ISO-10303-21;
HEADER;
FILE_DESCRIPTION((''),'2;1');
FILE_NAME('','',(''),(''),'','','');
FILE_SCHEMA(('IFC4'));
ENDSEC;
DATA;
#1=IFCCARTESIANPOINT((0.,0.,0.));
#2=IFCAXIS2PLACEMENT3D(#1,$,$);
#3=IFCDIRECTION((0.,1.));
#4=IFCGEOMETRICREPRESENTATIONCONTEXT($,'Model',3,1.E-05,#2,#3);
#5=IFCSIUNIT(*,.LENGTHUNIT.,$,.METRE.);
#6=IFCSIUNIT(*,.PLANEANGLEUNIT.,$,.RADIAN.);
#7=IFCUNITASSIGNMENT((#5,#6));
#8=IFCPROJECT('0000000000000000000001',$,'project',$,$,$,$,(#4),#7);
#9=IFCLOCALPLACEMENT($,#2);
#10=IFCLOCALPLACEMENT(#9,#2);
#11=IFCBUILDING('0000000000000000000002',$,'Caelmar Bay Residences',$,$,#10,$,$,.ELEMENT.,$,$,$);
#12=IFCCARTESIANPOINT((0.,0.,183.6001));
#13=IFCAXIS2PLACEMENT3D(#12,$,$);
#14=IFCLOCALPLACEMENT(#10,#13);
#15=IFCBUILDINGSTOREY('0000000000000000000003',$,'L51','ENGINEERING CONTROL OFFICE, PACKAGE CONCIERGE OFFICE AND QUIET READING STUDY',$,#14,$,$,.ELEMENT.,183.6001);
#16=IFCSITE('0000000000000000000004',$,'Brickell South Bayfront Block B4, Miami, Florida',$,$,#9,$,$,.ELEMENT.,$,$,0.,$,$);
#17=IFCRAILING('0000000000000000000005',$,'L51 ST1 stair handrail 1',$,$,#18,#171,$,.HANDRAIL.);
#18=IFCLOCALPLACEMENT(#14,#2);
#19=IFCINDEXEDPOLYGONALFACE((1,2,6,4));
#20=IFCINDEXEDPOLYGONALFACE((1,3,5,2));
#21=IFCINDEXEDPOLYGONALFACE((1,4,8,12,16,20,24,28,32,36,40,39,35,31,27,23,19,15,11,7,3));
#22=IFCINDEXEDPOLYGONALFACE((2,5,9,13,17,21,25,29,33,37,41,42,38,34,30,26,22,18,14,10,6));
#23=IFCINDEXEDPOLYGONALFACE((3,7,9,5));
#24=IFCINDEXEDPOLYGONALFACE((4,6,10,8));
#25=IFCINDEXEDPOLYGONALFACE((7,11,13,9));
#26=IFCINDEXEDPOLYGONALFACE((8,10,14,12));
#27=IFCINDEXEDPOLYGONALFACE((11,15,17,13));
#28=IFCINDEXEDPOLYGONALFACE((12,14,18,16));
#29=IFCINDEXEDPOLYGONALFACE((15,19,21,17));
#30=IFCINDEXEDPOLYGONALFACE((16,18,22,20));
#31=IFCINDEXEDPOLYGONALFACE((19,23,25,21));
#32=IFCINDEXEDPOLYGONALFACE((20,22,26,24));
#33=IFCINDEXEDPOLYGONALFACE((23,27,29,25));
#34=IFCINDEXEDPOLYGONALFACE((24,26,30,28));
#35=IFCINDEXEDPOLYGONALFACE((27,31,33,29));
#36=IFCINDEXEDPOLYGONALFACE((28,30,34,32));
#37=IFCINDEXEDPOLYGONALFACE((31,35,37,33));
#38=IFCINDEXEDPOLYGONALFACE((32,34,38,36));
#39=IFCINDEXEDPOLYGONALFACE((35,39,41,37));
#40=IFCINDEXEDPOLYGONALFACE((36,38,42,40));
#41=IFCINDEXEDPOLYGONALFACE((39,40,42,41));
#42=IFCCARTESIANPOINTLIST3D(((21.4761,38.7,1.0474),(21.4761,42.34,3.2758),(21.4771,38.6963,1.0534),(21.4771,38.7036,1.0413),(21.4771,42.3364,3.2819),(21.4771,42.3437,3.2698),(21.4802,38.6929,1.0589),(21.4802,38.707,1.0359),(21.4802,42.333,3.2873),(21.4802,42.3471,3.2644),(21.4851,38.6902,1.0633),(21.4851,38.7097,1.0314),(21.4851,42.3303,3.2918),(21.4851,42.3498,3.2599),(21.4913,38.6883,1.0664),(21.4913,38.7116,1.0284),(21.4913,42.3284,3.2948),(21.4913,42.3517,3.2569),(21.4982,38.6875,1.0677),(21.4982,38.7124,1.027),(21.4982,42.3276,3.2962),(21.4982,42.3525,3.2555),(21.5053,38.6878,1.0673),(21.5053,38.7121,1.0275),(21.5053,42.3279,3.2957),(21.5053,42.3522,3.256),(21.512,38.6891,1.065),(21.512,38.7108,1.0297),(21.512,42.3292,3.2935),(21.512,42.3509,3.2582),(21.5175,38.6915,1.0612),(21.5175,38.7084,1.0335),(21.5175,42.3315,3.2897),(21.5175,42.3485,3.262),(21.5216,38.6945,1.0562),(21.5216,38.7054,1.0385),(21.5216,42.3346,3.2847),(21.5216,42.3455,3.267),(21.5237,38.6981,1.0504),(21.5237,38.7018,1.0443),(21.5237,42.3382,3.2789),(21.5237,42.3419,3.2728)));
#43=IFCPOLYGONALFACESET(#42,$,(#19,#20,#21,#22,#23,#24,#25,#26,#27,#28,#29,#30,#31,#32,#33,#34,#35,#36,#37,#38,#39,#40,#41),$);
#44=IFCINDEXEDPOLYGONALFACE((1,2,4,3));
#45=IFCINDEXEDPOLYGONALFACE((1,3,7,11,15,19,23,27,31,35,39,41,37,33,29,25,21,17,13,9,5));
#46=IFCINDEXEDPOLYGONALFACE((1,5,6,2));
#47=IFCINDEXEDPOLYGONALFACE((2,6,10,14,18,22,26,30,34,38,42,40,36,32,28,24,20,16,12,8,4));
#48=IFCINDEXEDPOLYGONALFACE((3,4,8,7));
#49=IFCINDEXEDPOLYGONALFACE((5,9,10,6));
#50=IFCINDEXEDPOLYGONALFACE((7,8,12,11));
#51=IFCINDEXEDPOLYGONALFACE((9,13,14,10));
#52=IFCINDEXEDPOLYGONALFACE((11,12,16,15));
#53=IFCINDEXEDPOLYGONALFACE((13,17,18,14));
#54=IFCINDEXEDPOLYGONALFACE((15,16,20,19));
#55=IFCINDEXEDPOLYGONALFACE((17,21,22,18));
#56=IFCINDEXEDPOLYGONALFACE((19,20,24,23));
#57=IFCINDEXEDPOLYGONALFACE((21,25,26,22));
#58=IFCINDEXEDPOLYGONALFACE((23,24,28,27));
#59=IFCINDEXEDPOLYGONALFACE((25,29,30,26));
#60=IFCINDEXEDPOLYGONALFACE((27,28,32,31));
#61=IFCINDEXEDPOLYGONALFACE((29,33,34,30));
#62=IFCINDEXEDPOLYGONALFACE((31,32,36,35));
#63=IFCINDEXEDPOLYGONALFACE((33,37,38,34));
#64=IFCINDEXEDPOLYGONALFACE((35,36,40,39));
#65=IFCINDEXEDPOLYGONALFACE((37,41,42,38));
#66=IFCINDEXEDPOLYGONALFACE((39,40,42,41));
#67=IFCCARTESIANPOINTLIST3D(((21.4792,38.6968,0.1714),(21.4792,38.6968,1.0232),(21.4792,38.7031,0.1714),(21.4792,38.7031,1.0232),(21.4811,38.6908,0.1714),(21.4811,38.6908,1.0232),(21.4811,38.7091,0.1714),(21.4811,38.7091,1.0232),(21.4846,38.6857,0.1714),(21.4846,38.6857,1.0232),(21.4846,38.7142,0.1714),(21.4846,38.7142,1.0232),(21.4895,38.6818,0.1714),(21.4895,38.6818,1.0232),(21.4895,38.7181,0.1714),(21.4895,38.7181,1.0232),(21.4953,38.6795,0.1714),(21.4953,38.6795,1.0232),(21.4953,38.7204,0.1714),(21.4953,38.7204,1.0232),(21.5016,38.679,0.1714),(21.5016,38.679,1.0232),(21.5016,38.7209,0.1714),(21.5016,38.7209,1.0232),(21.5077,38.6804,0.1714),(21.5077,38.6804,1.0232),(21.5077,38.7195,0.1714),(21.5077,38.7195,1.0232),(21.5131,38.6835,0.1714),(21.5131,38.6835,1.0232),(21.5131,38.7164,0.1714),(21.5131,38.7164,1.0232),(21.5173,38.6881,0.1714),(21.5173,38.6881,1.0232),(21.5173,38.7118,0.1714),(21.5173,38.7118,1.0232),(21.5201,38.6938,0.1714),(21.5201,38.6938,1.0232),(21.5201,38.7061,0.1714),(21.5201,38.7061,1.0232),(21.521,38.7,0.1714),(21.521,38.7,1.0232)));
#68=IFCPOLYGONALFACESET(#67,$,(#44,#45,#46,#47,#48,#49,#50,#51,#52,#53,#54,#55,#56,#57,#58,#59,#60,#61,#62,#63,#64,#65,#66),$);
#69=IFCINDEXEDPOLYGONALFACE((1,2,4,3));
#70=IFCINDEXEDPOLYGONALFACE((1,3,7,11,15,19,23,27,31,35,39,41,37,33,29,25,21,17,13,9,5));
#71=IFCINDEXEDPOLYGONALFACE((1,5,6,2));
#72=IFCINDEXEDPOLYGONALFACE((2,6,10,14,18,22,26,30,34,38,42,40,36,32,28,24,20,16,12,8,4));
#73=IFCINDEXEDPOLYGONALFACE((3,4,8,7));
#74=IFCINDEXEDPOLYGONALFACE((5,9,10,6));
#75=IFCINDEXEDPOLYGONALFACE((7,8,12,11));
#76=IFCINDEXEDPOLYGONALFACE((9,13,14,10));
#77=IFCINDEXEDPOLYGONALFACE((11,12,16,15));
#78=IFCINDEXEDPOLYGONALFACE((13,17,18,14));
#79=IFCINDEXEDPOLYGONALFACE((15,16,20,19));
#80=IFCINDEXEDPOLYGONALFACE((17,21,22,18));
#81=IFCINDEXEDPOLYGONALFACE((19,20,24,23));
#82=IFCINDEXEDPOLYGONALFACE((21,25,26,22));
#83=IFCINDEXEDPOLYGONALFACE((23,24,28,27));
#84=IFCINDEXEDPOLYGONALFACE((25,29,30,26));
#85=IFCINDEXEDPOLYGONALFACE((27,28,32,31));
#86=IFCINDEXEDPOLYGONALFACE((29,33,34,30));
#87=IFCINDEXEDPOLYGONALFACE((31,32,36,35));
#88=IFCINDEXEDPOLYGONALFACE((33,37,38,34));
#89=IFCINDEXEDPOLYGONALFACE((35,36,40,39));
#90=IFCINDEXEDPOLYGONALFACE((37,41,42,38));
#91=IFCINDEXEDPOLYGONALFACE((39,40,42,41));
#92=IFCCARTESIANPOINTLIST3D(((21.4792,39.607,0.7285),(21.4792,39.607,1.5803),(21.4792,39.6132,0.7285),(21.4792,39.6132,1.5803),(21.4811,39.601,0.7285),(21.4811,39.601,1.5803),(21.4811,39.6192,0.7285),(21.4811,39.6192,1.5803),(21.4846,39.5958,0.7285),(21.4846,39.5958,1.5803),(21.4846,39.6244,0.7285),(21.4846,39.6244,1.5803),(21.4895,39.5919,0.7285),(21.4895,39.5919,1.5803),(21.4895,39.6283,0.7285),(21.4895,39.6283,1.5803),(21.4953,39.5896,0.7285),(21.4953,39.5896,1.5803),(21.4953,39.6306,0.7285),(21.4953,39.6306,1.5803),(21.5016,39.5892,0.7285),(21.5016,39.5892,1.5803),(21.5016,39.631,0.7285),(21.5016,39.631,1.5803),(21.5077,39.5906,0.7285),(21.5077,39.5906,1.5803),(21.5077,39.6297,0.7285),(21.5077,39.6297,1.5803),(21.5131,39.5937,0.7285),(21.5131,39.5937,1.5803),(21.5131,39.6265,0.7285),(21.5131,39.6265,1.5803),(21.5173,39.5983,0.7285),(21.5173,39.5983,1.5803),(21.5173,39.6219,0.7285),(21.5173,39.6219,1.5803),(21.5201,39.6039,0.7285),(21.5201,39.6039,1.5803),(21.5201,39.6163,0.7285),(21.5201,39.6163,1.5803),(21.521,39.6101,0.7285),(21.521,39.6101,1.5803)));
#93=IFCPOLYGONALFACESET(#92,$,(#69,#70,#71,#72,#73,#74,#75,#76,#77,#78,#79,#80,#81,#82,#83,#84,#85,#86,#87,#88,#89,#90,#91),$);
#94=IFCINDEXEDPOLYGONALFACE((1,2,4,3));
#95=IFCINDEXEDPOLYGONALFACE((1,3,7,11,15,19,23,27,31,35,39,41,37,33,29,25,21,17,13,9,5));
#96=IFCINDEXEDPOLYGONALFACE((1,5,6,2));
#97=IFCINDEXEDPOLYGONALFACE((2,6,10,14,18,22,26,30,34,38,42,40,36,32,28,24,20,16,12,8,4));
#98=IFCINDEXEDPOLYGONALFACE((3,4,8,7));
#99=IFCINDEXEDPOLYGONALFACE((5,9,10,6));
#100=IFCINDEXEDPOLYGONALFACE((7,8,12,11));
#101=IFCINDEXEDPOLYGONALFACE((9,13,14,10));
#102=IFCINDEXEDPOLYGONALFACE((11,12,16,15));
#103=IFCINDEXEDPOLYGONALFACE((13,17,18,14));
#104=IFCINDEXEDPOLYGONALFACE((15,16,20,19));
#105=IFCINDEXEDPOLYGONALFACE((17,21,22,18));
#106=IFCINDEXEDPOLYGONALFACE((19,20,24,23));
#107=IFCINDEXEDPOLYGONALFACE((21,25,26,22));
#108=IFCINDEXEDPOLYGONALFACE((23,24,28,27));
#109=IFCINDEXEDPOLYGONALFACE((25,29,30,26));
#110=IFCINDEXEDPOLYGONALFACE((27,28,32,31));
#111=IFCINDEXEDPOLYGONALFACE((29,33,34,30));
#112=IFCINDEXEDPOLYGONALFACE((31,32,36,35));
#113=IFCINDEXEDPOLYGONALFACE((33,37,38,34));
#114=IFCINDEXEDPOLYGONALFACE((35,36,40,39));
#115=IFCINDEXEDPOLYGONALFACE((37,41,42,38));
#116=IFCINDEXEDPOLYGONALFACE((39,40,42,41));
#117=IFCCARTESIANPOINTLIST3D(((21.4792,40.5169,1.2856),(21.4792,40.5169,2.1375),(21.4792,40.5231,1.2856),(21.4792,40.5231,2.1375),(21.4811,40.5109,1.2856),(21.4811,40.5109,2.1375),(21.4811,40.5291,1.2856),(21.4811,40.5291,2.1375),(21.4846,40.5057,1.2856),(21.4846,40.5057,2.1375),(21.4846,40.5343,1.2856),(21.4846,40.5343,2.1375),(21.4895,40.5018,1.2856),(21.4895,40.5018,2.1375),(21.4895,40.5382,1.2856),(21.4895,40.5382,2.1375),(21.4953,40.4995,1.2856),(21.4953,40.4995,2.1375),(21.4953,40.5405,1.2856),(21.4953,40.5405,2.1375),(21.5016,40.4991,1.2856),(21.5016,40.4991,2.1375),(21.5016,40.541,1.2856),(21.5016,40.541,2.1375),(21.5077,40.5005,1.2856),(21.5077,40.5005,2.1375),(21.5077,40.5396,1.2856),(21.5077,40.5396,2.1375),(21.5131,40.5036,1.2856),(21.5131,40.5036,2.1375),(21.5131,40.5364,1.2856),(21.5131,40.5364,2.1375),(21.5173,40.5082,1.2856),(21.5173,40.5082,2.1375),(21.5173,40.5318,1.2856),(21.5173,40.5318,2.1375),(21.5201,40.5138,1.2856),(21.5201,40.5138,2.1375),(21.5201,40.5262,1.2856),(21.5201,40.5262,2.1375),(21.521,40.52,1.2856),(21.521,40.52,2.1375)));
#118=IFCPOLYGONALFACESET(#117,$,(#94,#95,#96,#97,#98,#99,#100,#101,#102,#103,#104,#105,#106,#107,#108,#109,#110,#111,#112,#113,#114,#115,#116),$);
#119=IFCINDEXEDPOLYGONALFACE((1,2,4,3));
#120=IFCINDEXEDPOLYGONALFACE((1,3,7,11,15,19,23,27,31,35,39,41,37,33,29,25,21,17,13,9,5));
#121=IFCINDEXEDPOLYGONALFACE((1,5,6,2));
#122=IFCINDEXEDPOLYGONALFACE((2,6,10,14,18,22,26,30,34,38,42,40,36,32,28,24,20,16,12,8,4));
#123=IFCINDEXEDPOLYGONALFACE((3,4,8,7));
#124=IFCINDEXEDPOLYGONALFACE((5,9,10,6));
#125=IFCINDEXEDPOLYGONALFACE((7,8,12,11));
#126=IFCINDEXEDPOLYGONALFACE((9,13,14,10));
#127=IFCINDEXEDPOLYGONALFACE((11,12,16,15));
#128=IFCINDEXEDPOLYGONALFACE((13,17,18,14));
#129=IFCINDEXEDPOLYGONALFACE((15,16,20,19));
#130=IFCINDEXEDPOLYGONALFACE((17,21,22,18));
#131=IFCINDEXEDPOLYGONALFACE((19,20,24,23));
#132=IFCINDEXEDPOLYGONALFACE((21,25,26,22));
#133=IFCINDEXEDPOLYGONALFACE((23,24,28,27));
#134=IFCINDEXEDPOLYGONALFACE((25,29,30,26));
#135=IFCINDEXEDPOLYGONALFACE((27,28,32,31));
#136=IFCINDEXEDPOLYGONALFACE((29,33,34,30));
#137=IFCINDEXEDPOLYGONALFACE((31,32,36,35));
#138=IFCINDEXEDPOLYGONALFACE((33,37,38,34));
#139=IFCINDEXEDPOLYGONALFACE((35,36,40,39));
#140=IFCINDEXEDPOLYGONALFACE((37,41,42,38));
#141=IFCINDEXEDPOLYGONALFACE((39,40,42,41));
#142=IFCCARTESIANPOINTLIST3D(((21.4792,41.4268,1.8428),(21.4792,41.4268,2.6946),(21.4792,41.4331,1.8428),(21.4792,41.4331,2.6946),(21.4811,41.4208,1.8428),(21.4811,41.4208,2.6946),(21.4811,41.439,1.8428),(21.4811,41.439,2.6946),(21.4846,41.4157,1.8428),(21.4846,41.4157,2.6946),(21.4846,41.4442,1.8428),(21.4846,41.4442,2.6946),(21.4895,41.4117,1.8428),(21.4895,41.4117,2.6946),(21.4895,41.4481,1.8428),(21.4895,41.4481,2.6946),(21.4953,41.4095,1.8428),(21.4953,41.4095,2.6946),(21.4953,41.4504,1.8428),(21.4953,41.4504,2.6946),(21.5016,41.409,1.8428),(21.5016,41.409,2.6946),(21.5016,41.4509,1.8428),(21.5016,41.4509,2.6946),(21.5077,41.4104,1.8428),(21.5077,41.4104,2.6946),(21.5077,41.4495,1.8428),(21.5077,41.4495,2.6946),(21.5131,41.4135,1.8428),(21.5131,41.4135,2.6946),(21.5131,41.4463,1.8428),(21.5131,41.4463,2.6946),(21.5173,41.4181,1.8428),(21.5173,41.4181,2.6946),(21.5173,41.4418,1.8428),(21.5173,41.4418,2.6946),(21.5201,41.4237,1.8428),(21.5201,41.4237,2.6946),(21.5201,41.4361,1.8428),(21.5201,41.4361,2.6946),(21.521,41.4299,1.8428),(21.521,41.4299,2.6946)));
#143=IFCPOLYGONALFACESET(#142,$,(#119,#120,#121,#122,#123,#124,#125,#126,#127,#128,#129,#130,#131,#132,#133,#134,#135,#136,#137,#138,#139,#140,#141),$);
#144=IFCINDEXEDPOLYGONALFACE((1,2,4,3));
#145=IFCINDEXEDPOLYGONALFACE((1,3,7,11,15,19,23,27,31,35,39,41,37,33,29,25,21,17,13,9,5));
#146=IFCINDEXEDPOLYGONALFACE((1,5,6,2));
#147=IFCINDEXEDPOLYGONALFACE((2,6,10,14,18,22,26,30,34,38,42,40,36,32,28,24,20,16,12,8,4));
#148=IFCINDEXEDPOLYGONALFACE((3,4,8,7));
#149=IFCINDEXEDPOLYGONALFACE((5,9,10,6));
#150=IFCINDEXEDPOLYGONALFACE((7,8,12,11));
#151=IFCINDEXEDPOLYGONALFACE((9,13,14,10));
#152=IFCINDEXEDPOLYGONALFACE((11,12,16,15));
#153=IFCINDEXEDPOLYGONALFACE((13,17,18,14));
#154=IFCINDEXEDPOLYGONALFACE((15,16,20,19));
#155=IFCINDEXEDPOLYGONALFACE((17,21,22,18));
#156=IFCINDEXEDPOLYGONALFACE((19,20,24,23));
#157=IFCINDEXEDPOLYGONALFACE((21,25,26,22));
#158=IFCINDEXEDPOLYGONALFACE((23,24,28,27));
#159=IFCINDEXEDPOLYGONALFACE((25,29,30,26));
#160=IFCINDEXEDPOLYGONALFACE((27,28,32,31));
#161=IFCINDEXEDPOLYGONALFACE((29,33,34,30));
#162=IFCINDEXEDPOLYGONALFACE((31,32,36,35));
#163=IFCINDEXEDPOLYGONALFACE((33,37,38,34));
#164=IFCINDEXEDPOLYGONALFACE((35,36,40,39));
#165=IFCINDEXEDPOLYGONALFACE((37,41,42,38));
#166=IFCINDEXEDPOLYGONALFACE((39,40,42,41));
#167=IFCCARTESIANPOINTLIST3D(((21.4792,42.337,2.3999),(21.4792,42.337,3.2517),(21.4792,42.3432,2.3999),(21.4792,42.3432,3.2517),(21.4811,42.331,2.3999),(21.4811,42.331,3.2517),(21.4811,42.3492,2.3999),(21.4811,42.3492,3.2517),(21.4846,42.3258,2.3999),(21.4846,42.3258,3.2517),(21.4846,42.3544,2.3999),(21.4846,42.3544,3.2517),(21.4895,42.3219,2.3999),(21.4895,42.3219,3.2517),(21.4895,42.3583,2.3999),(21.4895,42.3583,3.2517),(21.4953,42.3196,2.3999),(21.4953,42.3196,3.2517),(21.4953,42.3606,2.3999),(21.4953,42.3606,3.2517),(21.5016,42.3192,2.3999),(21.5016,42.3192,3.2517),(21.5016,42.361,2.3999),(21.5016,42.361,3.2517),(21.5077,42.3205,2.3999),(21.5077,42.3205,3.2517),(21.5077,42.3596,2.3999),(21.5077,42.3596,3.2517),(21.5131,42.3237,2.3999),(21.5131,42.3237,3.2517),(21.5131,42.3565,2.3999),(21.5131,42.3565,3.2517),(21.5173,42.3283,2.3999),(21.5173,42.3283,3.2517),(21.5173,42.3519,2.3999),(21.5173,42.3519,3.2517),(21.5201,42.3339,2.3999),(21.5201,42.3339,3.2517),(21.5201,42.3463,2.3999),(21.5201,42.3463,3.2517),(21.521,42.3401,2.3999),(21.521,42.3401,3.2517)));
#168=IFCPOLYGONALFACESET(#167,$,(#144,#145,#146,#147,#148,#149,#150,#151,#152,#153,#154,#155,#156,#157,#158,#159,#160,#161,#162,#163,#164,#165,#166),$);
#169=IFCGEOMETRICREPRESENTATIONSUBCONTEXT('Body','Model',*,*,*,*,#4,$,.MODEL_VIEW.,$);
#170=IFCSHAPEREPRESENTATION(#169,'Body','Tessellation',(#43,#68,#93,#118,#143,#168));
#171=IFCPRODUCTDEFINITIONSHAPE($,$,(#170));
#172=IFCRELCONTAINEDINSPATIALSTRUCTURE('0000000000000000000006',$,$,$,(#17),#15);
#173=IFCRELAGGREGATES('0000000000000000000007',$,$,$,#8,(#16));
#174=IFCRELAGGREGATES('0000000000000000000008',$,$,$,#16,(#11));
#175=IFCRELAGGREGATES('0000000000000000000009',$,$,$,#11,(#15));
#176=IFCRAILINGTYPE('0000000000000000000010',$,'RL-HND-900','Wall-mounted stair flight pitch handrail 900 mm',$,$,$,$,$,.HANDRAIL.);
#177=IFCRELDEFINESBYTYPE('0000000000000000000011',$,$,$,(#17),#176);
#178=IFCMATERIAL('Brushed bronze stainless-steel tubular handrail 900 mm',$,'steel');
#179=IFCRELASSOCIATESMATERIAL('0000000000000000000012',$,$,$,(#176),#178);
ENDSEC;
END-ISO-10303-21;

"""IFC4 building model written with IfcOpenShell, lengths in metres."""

from ifc_helpers import new_model, si_unit, direction, frame, origin, origin_2d, place, context, subcontext, project, spatial, circle, extrude, material, type_object, element, save


model = new_model("IFC4")

# Units and contexts
model_context = context("Model", 3, precision=1e-05, world=origin(), true_north=direction((0.0, 1.0)))
body_context = subcontext(model_context, "Body", "Model", "MODEL_VIEW")
ifc_project = project(units=[si_unit("LENGTHUNIT", "METRE"), si_unit("PLANEANGLEUNIT", "RADIAN")], contexts=[model_context])

# Site, building, storey
site_placement = place(None, origin())
site = spatial("IfcSite", under=ifc_project, at=site_placement, Name="Brickell South Bayfront Block B4, Miami, Florida", CompositionType="ELEMENT", RefElevation=0.0)
building_placement = place(site_placement, origin())
building = spatial("IfcBuilding", under=site, at=building_placement, Name="Caelmar Bay Residences", CompositionType="ELEMENT")
storey_placement = place(building_placement, frame((0.0, 0.0, 183.6001)))
storey = spatial("IfcBuildingStorey", under=building, at=storey_placement, Name="L51", Description="ENGINEERING CONTROL OFFICE, PACKAGE CONCIERGE OFFICE AND QUIET READING STUDY", CompositionType="ELEMENT", Elevation=183.6001)

# Railing
ifc_material_1 = material(Name="Brushed bronze stainless-steel tubular handrail 900 mm", Category="steel")
railing_type_1 = type_object("IfcRailingType", Name="RL-HND-900", Description="Wall-mounted stair flight pitch handrail 900 mm", PredefinedType="HANDRAIL", material=ifc_material_1)
railing_1_placement = place(storey_placement, frame((21.5, 38.7, 0.1714)))
element("IfcRailing", 1, at=railing_1_placement, inside=storey, type_object=railing_type_1, Name="L51 ST1 stair handrail 1", PredefinedType="HANDRAIL", context=body_context, shape_type="SweptSolid", body=[
    extrude(circle(Radius=0.0239, at=origin_2d()), frame((0.0, 0.0, 0.876), z_axis=(0.0, 0.852866, 0.52213), x_axis=(-1.0, 0.0, 0.0)), (0.0, 0.0, 1.0), 4.2681),
    extrude(circle(Radius=0.021, at=origin_2d()), origin(), (0.0, 0.0, 1.0), 0.8518),
    extrude(circle(Radius=0.021, at=origin_2d()), frame((0.0, 0.9102, 0.5571)), (0.0, 0.0, 1.0), 0.8518),
    extrude(circle(Radius=0.021, at=origin_2d()), frame((0.0, 1.8201, 1.1143)), (0.0, 0.0, 1.0), 0.8518),
    extrude(circle(Radius=0.021, at=origin_2d()), frame((0.0, 2.73, 1.6714)), (0.0, 0.0, 1.0), 0.8518),
    extrude(circle(Radius=0.021, at=origin_2d()), frame((0.0, 3.6401, 2.2285)), (0.0, 0.0, 1.0), 0.8518),
])

save(model, "model.ifc")
